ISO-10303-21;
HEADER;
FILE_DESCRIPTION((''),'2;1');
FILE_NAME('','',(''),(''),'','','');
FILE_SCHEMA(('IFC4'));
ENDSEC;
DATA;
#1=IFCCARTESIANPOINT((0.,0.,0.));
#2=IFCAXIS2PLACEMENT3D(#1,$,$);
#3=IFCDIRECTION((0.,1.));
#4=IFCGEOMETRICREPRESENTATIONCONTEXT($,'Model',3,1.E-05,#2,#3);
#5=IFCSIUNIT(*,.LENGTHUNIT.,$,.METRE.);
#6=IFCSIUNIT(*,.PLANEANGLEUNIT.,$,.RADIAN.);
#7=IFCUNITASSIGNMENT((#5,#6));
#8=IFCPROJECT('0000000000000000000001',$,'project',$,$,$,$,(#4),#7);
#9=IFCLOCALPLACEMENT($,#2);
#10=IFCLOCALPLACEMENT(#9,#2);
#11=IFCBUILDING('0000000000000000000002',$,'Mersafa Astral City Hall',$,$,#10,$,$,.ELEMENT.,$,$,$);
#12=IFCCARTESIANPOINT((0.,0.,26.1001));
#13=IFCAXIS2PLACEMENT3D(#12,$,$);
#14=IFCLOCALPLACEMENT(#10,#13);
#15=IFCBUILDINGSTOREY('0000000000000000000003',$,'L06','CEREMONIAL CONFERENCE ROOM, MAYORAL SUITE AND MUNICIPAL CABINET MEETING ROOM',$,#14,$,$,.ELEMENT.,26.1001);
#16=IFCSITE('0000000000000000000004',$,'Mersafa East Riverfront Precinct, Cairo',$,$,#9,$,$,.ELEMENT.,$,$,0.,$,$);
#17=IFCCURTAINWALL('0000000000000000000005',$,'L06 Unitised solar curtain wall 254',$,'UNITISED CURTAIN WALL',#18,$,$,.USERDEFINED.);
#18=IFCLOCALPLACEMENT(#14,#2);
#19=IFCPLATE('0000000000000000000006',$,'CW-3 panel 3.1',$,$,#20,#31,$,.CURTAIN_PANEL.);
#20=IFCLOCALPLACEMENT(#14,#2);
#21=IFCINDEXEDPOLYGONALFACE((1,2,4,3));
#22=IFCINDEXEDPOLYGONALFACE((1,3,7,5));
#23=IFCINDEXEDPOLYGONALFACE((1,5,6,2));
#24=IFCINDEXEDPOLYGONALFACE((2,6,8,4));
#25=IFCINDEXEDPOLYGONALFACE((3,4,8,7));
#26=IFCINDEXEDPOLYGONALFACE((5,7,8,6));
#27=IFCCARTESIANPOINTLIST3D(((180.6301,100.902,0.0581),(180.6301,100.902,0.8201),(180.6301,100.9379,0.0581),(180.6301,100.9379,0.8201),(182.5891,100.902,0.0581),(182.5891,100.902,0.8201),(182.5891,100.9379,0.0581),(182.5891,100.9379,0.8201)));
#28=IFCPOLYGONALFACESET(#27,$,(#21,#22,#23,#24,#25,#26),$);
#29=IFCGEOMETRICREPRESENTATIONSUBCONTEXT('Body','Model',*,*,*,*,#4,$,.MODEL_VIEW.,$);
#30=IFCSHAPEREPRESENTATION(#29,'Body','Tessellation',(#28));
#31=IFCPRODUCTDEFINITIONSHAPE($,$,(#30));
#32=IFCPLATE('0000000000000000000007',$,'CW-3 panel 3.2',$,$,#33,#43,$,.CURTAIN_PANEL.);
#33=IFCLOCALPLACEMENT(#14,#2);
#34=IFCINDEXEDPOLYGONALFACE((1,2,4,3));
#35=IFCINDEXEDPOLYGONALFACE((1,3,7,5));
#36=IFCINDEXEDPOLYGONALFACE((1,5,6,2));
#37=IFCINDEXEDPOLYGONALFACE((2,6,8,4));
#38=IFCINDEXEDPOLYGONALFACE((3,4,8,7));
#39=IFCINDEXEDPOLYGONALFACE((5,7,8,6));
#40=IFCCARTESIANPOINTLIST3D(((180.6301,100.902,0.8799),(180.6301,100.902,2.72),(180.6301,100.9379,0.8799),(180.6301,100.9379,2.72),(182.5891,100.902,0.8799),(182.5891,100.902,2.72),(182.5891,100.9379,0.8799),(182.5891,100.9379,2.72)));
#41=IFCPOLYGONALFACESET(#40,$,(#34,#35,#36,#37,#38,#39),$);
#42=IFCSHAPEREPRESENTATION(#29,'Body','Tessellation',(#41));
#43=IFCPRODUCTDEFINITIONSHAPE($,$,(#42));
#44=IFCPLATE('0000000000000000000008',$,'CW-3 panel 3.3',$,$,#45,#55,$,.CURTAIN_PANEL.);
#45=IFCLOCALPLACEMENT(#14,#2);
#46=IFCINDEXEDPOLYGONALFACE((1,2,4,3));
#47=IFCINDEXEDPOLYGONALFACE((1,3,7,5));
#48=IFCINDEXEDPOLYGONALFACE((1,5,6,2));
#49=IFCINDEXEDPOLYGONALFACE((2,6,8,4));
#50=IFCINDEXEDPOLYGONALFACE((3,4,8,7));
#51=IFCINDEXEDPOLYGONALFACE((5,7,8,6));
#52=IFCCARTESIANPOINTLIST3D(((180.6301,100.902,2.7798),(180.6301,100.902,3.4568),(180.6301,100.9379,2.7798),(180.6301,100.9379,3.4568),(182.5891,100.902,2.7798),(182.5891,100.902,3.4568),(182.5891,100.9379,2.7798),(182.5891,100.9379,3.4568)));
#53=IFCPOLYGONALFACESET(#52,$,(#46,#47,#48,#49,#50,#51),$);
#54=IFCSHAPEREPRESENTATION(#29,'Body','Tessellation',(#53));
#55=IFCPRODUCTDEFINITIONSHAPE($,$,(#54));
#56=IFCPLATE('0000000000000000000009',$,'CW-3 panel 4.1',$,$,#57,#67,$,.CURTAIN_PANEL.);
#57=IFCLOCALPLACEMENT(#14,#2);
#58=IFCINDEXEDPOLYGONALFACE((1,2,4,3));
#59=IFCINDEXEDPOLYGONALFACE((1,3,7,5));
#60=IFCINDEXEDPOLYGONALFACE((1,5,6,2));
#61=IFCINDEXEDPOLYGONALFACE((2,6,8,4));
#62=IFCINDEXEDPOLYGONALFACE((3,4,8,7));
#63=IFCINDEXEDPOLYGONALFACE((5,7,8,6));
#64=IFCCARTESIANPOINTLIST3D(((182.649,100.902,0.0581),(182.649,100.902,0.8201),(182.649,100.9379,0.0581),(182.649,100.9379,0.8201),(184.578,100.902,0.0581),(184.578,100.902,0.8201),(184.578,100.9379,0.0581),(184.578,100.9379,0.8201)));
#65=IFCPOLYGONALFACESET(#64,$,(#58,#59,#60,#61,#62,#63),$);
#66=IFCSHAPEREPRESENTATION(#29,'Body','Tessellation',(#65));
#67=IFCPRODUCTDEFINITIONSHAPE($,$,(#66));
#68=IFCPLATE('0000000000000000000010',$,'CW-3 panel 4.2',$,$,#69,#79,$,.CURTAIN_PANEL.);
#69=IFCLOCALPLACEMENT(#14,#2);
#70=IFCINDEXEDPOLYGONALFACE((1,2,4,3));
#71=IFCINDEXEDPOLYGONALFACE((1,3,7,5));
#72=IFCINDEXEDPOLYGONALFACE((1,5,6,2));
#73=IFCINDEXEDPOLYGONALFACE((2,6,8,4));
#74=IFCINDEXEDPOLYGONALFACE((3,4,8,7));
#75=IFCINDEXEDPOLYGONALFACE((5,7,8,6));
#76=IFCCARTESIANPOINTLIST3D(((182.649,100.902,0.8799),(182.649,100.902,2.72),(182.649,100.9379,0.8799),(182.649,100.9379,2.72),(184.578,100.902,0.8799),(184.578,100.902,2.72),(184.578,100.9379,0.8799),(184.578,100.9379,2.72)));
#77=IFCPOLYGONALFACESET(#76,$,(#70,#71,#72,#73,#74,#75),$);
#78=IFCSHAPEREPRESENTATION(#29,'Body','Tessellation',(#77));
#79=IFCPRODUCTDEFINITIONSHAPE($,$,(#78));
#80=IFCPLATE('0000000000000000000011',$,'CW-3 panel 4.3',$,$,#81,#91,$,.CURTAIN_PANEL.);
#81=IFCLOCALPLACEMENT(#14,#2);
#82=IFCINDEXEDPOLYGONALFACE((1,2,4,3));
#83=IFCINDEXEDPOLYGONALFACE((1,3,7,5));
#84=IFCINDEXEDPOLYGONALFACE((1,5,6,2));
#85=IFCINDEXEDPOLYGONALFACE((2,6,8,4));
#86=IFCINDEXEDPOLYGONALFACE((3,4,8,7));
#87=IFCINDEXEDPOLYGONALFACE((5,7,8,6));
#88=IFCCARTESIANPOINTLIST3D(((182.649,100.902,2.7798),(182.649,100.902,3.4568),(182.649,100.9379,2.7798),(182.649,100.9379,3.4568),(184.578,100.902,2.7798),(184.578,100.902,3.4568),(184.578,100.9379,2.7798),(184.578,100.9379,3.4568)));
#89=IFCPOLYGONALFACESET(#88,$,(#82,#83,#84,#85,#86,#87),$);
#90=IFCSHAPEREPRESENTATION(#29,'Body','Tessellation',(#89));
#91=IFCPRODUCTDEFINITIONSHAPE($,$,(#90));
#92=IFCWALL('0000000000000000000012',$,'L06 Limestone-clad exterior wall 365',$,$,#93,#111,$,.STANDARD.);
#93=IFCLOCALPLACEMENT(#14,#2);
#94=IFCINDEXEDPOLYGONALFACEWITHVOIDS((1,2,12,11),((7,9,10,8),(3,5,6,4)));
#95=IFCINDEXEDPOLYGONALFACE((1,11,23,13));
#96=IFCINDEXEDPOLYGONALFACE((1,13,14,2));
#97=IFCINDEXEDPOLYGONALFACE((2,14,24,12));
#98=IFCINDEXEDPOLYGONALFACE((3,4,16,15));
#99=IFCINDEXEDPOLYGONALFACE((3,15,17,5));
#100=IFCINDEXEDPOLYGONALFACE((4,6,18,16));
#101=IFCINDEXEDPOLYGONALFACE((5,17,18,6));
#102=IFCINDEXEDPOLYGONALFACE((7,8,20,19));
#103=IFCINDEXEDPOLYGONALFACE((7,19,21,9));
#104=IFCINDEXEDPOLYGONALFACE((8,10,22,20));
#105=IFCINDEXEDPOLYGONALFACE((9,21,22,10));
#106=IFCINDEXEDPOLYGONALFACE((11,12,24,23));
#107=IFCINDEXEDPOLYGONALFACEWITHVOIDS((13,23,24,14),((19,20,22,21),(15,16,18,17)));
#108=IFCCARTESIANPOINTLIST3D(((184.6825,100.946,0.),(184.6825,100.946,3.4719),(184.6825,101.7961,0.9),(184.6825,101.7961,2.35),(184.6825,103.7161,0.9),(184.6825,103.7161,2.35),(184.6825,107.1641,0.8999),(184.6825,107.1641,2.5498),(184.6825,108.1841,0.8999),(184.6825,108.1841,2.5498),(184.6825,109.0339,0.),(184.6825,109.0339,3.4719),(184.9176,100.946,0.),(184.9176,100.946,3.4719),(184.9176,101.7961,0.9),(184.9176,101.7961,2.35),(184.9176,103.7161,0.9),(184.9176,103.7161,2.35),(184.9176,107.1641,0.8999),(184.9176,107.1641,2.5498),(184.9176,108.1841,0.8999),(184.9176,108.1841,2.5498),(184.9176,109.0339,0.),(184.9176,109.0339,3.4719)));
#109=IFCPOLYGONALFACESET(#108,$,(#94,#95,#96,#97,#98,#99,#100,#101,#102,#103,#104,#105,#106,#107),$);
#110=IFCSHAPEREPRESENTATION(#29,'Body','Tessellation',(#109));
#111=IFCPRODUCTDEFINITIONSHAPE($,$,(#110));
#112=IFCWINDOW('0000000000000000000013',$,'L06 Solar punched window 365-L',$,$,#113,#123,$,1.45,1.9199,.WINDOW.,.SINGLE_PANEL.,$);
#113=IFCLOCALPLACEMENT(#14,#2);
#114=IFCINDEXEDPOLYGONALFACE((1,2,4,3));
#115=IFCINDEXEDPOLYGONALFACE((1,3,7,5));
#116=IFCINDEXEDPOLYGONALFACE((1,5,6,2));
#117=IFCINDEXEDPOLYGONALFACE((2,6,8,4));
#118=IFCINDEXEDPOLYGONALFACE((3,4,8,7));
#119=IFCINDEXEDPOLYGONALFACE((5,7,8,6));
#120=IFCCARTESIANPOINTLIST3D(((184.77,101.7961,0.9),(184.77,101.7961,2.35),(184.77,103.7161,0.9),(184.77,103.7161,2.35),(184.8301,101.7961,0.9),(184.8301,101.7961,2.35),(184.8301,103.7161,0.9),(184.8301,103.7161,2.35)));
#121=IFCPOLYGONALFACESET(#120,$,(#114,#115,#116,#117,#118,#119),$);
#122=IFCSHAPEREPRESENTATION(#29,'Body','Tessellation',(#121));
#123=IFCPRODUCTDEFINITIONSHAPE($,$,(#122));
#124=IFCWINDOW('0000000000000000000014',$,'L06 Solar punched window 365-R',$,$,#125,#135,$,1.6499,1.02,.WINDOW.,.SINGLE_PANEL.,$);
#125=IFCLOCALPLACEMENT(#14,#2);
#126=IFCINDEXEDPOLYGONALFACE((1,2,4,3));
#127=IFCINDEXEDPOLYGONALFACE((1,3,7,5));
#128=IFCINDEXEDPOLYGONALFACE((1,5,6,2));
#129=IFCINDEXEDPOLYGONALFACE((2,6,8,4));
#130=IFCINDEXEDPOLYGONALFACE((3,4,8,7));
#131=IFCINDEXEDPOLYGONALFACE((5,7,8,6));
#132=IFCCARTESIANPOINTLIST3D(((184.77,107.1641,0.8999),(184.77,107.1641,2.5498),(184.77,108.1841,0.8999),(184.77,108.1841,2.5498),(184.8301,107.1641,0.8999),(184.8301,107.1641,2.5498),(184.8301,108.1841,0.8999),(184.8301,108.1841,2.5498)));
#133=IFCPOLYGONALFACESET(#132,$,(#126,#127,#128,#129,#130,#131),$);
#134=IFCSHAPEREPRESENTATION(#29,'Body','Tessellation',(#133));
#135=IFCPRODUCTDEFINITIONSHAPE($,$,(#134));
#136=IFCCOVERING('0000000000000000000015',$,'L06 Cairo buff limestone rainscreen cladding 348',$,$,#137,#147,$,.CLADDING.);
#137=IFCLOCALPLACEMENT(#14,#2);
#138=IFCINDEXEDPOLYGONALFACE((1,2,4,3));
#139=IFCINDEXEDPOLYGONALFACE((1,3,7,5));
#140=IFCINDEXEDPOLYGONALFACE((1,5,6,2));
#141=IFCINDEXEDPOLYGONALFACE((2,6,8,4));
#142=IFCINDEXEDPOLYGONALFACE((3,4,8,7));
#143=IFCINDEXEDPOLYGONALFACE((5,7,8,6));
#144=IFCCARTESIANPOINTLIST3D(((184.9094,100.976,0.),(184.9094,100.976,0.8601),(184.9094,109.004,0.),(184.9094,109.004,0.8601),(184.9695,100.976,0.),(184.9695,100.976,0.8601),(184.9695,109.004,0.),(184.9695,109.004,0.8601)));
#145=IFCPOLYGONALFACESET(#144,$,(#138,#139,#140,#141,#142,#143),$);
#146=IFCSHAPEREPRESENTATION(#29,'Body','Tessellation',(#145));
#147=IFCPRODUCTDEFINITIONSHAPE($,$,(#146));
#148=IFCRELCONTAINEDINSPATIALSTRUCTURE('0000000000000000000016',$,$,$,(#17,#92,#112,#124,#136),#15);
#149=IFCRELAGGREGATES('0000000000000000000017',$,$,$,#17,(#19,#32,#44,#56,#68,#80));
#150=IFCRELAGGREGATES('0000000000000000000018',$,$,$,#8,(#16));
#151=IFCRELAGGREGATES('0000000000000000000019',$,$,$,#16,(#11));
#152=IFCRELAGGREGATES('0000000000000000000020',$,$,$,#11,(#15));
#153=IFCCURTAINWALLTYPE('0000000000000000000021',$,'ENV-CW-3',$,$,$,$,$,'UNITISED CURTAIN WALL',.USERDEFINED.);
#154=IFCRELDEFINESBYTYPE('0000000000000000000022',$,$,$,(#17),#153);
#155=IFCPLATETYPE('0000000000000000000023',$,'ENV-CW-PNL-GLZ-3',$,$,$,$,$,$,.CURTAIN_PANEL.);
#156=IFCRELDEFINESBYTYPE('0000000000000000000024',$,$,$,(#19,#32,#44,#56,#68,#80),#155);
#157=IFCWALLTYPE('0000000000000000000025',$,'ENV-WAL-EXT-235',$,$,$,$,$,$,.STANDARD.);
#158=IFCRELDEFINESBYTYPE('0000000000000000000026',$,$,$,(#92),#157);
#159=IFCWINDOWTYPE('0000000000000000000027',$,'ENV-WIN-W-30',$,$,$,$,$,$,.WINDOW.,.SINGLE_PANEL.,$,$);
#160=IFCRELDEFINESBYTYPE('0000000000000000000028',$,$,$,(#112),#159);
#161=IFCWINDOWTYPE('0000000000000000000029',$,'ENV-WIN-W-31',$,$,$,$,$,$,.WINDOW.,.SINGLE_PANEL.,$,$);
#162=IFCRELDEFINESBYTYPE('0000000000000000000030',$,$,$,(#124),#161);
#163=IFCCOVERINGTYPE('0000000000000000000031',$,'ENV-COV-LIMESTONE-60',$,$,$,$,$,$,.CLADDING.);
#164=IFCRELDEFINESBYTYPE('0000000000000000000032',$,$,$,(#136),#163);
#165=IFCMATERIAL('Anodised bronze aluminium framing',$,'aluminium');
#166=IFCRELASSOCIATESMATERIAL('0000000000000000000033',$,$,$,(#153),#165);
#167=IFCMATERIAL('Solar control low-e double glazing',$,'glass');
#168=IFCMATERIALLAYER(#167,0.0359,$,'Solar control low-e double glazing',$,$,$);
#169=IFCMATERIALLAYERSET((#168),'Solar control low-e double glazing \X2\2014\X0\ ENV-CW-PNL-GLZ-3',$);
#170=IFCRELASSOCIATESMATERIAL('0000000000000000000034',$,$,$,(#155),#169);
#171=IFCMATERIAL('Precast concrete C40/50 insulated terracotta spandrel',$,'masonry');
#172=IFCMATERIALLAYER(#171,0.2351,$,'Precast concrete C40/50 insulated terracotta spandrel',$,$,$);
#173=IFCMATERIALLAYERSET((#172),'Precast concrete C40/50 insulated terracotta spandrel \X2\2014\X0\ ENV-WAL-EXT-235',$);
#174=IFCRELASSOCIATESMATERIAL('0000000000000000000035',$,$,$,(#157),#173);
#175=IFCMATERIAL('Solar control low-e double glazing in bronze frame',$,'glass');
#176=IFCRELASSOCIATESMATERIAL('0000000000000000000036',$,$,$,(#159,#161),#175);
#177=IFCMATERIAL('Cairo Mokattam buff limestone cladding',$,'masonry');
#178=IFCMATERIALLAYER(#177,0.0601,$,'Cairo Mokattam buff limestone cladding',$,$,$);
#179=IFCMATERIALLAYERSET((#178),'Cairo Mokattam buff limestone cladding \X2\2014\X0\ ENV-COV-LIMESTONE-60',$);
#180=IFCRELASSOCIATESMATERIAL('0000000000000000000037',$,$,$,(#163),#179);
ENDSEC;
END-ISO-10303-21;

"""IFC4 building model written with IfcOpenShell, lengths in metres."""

from ifc_helpers import new_model, si_unit, direction, frame, frame_2d, origin, origin_2d, place, context, subcontext, project, spatial, rectangle, extrude, material, layer, layer_set, type_object, element, fill, aggregate, save


model = new_model("IFC4")

# Units and contexts
model_context = context("Model", 3, precision=1e-05, world=origin(), true_north=direction((0.0, 1.0)))
body_context = subcontext(model_context, "Body", "Model", "MODEL_VIEW")
ifc_project = project(units=[si_unit("LENGTHUNIT", "METRE"), si_unit("PLANEANGLEUNIT", "RADIAN")], contexts=[model_context])

# Site, building, storey
site_placement = place(None, origin())
site = spatial("IfcSite", under=ifc_project, at=site_placement, Name="Mersafa East Riverfront Precinct, Cairo", CompositionType="ELEMENT", RefElevation=0.0)
building_placement = place(site_placement, origin())
building = spatial("IfcBuilding", under=site, at=building_placement, Name="Mersafa Astral City Hall", CompositionType="ELEMENT")
storey_placement = place(building_placement, frame((0.0, 0.0, 26.1001)))
storey = spatial("IfcBuildingStorey", under=building, at=storey_placement, Name="L06", Description="CEREMONIAL CONFERENCE ROOM, MAYORAL SUITE AND MUNICIPAL CABINET MEETING ROOM", CompositionType="ELEMENT", Elevation=26.1001)

# Curtain wall
ifc_material_1 = material(Name="Anodised bronze aluminium framing", Category="aluminium")
curtain_wall_type_1 = type_object("IfcCurtainWallType", Name="ENV-CW-3", ElementType="UNITISED CURTAIN WALL", PredefinedType="USERDEFINED", material=ifc_material_1)
curtain_wall_1_placement = place(storey_placement, origin())
curtain_wall_1 = element("IfcCurtainWall", 1, at=curtain_wall_1_placement, inside=storey, type_object=curtain_wall_type_1, Name="L06 Unitised solar curtain wall 254", ObjectType="UNITISED CURTAIN WALL", PredefinedType="USERDEFINED")

# Plates
ifc_material_2 = material(Name="Solar control low-e double glazing", Category="glass")
ifc_layer_1 = layer(ifc_material_2, 0.0359, Name="Solar control low-e double glazing")
ifc_layer_set_1 = layer_set([ifc_layer_1], Name="Solar control low-e double glazing — ENV-CW-PNL-GLZ-3")
plate_type = type_object("IfcPlateType", Name="ENV-CW-PNL-GLZ-3", PredefinedType="CURTAIN_PANEL", material=ifc_layer_set_1)
plate_1_placement = place(storey_placement, frame((181.6096, 100.9199, 0.0581), z_axis=(0.0, 0.0, 1.0), x_axis=(1.0, 0.0, 0.0)))
plate_1 = element("IfcPlate", 2, at=plate_1_placement, type_object=plate_type, Name="CW-3 panel 3.1", PredefinedType="CURTAIN_PANEL", context=body_context, shape_type="SweptSolid", body=[
    extrude(rectangle(XDim=1.959, YDim=0.0359, at=origin_2d()), origin(), (0.0, 0.0, 1.0), 0.762),
])
plate_2_placement = place(storey_placement, frame((181.6096, 100.9199, 0.8799), z_axis=(0.0, 0.0, 1.0), x_axis=(1.0, 0.0, 0.0)))
plate_2 = element("IfcPlate", 3, at=plate_2_placement, type_object=plate_type, Name="CW-3 panel 3.2", PredefinedType="CURTAIN_PANEL", context=body_context, shape_type="SweptSolid", body=[
    extrude(rectangle(XDim=1.959, YDim=0.0359, at=origin_2d()), origin(), (0.0, 0.0, 1.0), 1.8401),
])
plate_3_placement = place(storey_placement, frame((181.6096, 100.9199, 2.7798), z_axis=(0.0, 0.0, 1.0), x_axis=(1.0, 0.0, 0.0)))
plate_3 = element("IfcPlate", 4, at=plate_3_placement, type_object=plate_type, Name="CW-3 panel 3.3", PredefinedType="CURTAIN_PANEL", context=body_context, shape_type="SweptSolid", body=[
    extrude(rectangle(XDim=1.959, YDim=0.0359, at=origin_2d()), origin(), (0.0, 0.0, 1.0), 0.677),
])
plate_4_placement = place(storey_placement, frame((183.6135, 100.9199, 0.0581), z_axis=(0.0, 0.0, 1.0), x_axis=(1.0, 0.0, 0.0)))
plate_4 = element("IfcPlate", 5, at=plate_4_placement, type_object=plate_type, Name="CW-3 panel 4.1", PredefinedType="CURTAIN_PANEL", context=body_context, shape_type="SweptSolid", body=[
    extrude(rectangle(XDim=1.929, YDim=0.0359, at=origin_2d()), origin(), (0.0, 0.0, 1.0), 0.762),
])
plate_5_placement = place(storey_placement, frame((183.6135, 100.9199, 0.8799), z_axis=(0.0, 0.0, 1.0), x_axis=(1.0, 0.0, 0.0)))
plate_5 = element("IfcPlate", 6, at=plate_5_placement, type_object=plate_type, Name="CW-3 panel 4.2", PredefinedType="CURTAIN_PANEL", context=body_context, shape_type="SweptSolid", body=[
    extrude(rectangle(XDim=1.929, YDim=0.0359, at=origin_2d()), origin(), (0.0, 0.0, 1.0), 1.8401),
])
plate_6_placement = place(storey_placement, frame((183.6135, 100.9199, 2.7798), z_axis=(0.0, 0.0, 1.0), x_axis=(1.0, 0.0, 0.0)))
plate_6 = element("IfcPlate", 7, at=plate_6_placement, type_object=plate_type, Name="CW-3 panel 4.3", PredefinedType="CURTAIN_PANEL", context=body_context, shape_type="SweptSolid", body=[
    extrude(rectangle(XDim=1.929, YDim=0.0359, at=origin_2d()), origin(), (0.0, 0.0, 1.0), 0.677),
])
aggregate(curtain_wall_1, [plate_1, plate_2, plate_3, plate_4, plate_5, plate_6])

# Wall, openings, windows
ifc_material_3 = material(Name="Precast concrete C40/50 insulated terracotta spandrel", Category="masonry")
ifc_layer_2 = layer(ifc_material_3, 0.2351, Name="Precast concrete C40/50 insulated terracotta spandrel")
ifc_layer_set_2 = layer_set([ifc_layer_2], Name="Precast concrete C40/50 insulated terracotta spandrel — ENV-WAL-EXT-235")
wall_type = type_object("IfcWallType", Name="ENV-WAL-EXT-235", PredefinedType="STANDARD", material=ifc_layer_set_2)
wall_placement = place(storey_placement, frame((184.8, 100.946, 0.0), z_axis=(0.0, 0.0, 1.0), x_axis=(0.0, 1.0, 0.0)))
wall = element("IfcWall", 8, at=wall_placement, inside=storey, type_object=wall_type, Name="L06 Limestone-clad exterior wall 365", PredefinedType="STANDARD", context=body_context, shape_type="SweptSolid", body=[
    extrude(rectangle(XDim=8.0879, YDim=0.2351, at=frame_2d((4.0439, 0.0))), origin(), (0.0, 0.0, 1.0), 3.4719),
])
opening_1_placement = place(wall_placement, frame((0.8501, 0.0, 0.8999)))
opening_1 = element("IfcOpeningElement", 9, at=opening_1_placement, cuts=wall, PredefinedType="OPENING", context=body_context, shape_type="SweptSolid", body=[
    extrude(rectangle(XDim=1.9199, YDim=1.45, at=frame_2d((0.96, 0.7251))), frame((0.0, 0.1274, 0.0), z_axis=(0.0, -1.0, 0.0), x_axis=(1.0, 0.0, 0.0)), (0.0, 0.0, 1.0), 0.2551),
])
opening_2_placement = place(wall_placement, frame((6.218, 0.0, 0.8999)))
opening_2 = element("IfcOpeningElement", 10, at=opening_2_placement, cuts=wall, PredefinedType="OPENING", context=body_context, shape_type="SweptSolid", body=[
    extrude(rectangle(XDim=1.02, YDim=1.6499, at=frame_2d((0.51, 0.825))), frame((0.0, 0.1274, 0.0), z_axis=(0.0, -1.0, 0.0), x_axis=(1.0, 0.0, 0.0)), (0.0, 0.0, 1.0), 0.2551),
])
ifc_material_4 = material(Name="Solar control low-e double glazing in bronze frame", Category="glass")
window_type_1 = type_object("IfcWindowType", Name="ENV-WIN-W-30", PartitioningType="SINGLE_PANEL", PredefinedType="WINDOW", material=ifc_material_4)
window_1_placement = place(opening_1_placement, origin())
window_1 = element("IfcWindow", 11, at=window_1_placement, inside=storey, type_object=window_type_1, Name="L06 Solar punched window 365-L", OverallHeight=1.45, OverallWidth=1.9199, PartitioningType="SINGLE_PANEL", PredefinedType="WINDOW", context=body_context, shape_type="SweptSolid", body=[
    extrude(rectangle(XDim=1.9199, YDim=1.45, at=frame_2d((0.96, 0.7251))), frame((0.0, 0.03, 0.0), z_axis=(0.0, -1.0, 0.0), x_axis=(1.0, 0.0, 0.0)), (0.0, 0.0, 1.0), 0.0601),
])
fill(opening_1, window_1)
window_type_2 = type_object("IfcWindowType", Name="ENV-WIN-W-31", PartitioningType="SINGLE_PANEL", PredefinedType="WINDOW", material=ifc_material_4)
window_2_placement = place(opening_2_placement, origin())
window_2 = element("IfcWindow", 12, at=window_2_placement, inside=storey, type_object=window_type_2, Name="L06 Solar punched window 365-R", OverallHeight=1.6499, OverallWidth=1.02, PartitioningType="SINGLE_PANEL", PredefinedType="WINDOW", context=body_context, shape_type="SweptSolid", body=[
    extrude(rectangle(XDim=1.02, YDim=1.6499, at=frame_2d((0.51, 0.825))), frame((0.0, 0.03, 0.0), z_axis=(0.0, -1.0, 0.0), x_axis=(1.0, 0.0, 0.0)), (0.0, 0.0, 1.0), 0.0601),
])
fill(opening_2, window_2)

# Covering
ifc_material_5 = material(Name="Cairo Mokattam buff limestone cladding", Category="masonry")
ifc_layer_3 = layer(ifc_material_5, 0.0601, Name="Cairo Mokattam buff limestone cladding")
ifc_layer_set_3 = layer_set([ifc_layer_3], Name="Cairo Mokattam buff limestone cladding — ENV-COV-LIMESTONE-60")
covering_type = type_object("IfcCoveringType", Name="ENV-COV-LIMESTONE-60", PredefinedType="CLADDING", material=ifc_layer_set_3)
covering_placement = place(storey_placement, frame((184.9395, 104.99, 0.0), z_axis=(0.0, 0.0, 1.0), x_axis=(0.0, 1.0, 0.0)))
element("IfcCovering", 13, at=covering_placement, inside=storey, type_object=covering_type, Name="L06 Cairo buff limestone rainscreen cladding 348", PredefinedType="CLADDING", context=body_context, shape_type="SweptSolid", body=[
    extrude(rectangle(XDim=8.0281, YDim=0.0601, at=origin_2d()), origin(), (0.0, 0.0, 1.0), 0.8601),
])

save(model, "model.ifc")
